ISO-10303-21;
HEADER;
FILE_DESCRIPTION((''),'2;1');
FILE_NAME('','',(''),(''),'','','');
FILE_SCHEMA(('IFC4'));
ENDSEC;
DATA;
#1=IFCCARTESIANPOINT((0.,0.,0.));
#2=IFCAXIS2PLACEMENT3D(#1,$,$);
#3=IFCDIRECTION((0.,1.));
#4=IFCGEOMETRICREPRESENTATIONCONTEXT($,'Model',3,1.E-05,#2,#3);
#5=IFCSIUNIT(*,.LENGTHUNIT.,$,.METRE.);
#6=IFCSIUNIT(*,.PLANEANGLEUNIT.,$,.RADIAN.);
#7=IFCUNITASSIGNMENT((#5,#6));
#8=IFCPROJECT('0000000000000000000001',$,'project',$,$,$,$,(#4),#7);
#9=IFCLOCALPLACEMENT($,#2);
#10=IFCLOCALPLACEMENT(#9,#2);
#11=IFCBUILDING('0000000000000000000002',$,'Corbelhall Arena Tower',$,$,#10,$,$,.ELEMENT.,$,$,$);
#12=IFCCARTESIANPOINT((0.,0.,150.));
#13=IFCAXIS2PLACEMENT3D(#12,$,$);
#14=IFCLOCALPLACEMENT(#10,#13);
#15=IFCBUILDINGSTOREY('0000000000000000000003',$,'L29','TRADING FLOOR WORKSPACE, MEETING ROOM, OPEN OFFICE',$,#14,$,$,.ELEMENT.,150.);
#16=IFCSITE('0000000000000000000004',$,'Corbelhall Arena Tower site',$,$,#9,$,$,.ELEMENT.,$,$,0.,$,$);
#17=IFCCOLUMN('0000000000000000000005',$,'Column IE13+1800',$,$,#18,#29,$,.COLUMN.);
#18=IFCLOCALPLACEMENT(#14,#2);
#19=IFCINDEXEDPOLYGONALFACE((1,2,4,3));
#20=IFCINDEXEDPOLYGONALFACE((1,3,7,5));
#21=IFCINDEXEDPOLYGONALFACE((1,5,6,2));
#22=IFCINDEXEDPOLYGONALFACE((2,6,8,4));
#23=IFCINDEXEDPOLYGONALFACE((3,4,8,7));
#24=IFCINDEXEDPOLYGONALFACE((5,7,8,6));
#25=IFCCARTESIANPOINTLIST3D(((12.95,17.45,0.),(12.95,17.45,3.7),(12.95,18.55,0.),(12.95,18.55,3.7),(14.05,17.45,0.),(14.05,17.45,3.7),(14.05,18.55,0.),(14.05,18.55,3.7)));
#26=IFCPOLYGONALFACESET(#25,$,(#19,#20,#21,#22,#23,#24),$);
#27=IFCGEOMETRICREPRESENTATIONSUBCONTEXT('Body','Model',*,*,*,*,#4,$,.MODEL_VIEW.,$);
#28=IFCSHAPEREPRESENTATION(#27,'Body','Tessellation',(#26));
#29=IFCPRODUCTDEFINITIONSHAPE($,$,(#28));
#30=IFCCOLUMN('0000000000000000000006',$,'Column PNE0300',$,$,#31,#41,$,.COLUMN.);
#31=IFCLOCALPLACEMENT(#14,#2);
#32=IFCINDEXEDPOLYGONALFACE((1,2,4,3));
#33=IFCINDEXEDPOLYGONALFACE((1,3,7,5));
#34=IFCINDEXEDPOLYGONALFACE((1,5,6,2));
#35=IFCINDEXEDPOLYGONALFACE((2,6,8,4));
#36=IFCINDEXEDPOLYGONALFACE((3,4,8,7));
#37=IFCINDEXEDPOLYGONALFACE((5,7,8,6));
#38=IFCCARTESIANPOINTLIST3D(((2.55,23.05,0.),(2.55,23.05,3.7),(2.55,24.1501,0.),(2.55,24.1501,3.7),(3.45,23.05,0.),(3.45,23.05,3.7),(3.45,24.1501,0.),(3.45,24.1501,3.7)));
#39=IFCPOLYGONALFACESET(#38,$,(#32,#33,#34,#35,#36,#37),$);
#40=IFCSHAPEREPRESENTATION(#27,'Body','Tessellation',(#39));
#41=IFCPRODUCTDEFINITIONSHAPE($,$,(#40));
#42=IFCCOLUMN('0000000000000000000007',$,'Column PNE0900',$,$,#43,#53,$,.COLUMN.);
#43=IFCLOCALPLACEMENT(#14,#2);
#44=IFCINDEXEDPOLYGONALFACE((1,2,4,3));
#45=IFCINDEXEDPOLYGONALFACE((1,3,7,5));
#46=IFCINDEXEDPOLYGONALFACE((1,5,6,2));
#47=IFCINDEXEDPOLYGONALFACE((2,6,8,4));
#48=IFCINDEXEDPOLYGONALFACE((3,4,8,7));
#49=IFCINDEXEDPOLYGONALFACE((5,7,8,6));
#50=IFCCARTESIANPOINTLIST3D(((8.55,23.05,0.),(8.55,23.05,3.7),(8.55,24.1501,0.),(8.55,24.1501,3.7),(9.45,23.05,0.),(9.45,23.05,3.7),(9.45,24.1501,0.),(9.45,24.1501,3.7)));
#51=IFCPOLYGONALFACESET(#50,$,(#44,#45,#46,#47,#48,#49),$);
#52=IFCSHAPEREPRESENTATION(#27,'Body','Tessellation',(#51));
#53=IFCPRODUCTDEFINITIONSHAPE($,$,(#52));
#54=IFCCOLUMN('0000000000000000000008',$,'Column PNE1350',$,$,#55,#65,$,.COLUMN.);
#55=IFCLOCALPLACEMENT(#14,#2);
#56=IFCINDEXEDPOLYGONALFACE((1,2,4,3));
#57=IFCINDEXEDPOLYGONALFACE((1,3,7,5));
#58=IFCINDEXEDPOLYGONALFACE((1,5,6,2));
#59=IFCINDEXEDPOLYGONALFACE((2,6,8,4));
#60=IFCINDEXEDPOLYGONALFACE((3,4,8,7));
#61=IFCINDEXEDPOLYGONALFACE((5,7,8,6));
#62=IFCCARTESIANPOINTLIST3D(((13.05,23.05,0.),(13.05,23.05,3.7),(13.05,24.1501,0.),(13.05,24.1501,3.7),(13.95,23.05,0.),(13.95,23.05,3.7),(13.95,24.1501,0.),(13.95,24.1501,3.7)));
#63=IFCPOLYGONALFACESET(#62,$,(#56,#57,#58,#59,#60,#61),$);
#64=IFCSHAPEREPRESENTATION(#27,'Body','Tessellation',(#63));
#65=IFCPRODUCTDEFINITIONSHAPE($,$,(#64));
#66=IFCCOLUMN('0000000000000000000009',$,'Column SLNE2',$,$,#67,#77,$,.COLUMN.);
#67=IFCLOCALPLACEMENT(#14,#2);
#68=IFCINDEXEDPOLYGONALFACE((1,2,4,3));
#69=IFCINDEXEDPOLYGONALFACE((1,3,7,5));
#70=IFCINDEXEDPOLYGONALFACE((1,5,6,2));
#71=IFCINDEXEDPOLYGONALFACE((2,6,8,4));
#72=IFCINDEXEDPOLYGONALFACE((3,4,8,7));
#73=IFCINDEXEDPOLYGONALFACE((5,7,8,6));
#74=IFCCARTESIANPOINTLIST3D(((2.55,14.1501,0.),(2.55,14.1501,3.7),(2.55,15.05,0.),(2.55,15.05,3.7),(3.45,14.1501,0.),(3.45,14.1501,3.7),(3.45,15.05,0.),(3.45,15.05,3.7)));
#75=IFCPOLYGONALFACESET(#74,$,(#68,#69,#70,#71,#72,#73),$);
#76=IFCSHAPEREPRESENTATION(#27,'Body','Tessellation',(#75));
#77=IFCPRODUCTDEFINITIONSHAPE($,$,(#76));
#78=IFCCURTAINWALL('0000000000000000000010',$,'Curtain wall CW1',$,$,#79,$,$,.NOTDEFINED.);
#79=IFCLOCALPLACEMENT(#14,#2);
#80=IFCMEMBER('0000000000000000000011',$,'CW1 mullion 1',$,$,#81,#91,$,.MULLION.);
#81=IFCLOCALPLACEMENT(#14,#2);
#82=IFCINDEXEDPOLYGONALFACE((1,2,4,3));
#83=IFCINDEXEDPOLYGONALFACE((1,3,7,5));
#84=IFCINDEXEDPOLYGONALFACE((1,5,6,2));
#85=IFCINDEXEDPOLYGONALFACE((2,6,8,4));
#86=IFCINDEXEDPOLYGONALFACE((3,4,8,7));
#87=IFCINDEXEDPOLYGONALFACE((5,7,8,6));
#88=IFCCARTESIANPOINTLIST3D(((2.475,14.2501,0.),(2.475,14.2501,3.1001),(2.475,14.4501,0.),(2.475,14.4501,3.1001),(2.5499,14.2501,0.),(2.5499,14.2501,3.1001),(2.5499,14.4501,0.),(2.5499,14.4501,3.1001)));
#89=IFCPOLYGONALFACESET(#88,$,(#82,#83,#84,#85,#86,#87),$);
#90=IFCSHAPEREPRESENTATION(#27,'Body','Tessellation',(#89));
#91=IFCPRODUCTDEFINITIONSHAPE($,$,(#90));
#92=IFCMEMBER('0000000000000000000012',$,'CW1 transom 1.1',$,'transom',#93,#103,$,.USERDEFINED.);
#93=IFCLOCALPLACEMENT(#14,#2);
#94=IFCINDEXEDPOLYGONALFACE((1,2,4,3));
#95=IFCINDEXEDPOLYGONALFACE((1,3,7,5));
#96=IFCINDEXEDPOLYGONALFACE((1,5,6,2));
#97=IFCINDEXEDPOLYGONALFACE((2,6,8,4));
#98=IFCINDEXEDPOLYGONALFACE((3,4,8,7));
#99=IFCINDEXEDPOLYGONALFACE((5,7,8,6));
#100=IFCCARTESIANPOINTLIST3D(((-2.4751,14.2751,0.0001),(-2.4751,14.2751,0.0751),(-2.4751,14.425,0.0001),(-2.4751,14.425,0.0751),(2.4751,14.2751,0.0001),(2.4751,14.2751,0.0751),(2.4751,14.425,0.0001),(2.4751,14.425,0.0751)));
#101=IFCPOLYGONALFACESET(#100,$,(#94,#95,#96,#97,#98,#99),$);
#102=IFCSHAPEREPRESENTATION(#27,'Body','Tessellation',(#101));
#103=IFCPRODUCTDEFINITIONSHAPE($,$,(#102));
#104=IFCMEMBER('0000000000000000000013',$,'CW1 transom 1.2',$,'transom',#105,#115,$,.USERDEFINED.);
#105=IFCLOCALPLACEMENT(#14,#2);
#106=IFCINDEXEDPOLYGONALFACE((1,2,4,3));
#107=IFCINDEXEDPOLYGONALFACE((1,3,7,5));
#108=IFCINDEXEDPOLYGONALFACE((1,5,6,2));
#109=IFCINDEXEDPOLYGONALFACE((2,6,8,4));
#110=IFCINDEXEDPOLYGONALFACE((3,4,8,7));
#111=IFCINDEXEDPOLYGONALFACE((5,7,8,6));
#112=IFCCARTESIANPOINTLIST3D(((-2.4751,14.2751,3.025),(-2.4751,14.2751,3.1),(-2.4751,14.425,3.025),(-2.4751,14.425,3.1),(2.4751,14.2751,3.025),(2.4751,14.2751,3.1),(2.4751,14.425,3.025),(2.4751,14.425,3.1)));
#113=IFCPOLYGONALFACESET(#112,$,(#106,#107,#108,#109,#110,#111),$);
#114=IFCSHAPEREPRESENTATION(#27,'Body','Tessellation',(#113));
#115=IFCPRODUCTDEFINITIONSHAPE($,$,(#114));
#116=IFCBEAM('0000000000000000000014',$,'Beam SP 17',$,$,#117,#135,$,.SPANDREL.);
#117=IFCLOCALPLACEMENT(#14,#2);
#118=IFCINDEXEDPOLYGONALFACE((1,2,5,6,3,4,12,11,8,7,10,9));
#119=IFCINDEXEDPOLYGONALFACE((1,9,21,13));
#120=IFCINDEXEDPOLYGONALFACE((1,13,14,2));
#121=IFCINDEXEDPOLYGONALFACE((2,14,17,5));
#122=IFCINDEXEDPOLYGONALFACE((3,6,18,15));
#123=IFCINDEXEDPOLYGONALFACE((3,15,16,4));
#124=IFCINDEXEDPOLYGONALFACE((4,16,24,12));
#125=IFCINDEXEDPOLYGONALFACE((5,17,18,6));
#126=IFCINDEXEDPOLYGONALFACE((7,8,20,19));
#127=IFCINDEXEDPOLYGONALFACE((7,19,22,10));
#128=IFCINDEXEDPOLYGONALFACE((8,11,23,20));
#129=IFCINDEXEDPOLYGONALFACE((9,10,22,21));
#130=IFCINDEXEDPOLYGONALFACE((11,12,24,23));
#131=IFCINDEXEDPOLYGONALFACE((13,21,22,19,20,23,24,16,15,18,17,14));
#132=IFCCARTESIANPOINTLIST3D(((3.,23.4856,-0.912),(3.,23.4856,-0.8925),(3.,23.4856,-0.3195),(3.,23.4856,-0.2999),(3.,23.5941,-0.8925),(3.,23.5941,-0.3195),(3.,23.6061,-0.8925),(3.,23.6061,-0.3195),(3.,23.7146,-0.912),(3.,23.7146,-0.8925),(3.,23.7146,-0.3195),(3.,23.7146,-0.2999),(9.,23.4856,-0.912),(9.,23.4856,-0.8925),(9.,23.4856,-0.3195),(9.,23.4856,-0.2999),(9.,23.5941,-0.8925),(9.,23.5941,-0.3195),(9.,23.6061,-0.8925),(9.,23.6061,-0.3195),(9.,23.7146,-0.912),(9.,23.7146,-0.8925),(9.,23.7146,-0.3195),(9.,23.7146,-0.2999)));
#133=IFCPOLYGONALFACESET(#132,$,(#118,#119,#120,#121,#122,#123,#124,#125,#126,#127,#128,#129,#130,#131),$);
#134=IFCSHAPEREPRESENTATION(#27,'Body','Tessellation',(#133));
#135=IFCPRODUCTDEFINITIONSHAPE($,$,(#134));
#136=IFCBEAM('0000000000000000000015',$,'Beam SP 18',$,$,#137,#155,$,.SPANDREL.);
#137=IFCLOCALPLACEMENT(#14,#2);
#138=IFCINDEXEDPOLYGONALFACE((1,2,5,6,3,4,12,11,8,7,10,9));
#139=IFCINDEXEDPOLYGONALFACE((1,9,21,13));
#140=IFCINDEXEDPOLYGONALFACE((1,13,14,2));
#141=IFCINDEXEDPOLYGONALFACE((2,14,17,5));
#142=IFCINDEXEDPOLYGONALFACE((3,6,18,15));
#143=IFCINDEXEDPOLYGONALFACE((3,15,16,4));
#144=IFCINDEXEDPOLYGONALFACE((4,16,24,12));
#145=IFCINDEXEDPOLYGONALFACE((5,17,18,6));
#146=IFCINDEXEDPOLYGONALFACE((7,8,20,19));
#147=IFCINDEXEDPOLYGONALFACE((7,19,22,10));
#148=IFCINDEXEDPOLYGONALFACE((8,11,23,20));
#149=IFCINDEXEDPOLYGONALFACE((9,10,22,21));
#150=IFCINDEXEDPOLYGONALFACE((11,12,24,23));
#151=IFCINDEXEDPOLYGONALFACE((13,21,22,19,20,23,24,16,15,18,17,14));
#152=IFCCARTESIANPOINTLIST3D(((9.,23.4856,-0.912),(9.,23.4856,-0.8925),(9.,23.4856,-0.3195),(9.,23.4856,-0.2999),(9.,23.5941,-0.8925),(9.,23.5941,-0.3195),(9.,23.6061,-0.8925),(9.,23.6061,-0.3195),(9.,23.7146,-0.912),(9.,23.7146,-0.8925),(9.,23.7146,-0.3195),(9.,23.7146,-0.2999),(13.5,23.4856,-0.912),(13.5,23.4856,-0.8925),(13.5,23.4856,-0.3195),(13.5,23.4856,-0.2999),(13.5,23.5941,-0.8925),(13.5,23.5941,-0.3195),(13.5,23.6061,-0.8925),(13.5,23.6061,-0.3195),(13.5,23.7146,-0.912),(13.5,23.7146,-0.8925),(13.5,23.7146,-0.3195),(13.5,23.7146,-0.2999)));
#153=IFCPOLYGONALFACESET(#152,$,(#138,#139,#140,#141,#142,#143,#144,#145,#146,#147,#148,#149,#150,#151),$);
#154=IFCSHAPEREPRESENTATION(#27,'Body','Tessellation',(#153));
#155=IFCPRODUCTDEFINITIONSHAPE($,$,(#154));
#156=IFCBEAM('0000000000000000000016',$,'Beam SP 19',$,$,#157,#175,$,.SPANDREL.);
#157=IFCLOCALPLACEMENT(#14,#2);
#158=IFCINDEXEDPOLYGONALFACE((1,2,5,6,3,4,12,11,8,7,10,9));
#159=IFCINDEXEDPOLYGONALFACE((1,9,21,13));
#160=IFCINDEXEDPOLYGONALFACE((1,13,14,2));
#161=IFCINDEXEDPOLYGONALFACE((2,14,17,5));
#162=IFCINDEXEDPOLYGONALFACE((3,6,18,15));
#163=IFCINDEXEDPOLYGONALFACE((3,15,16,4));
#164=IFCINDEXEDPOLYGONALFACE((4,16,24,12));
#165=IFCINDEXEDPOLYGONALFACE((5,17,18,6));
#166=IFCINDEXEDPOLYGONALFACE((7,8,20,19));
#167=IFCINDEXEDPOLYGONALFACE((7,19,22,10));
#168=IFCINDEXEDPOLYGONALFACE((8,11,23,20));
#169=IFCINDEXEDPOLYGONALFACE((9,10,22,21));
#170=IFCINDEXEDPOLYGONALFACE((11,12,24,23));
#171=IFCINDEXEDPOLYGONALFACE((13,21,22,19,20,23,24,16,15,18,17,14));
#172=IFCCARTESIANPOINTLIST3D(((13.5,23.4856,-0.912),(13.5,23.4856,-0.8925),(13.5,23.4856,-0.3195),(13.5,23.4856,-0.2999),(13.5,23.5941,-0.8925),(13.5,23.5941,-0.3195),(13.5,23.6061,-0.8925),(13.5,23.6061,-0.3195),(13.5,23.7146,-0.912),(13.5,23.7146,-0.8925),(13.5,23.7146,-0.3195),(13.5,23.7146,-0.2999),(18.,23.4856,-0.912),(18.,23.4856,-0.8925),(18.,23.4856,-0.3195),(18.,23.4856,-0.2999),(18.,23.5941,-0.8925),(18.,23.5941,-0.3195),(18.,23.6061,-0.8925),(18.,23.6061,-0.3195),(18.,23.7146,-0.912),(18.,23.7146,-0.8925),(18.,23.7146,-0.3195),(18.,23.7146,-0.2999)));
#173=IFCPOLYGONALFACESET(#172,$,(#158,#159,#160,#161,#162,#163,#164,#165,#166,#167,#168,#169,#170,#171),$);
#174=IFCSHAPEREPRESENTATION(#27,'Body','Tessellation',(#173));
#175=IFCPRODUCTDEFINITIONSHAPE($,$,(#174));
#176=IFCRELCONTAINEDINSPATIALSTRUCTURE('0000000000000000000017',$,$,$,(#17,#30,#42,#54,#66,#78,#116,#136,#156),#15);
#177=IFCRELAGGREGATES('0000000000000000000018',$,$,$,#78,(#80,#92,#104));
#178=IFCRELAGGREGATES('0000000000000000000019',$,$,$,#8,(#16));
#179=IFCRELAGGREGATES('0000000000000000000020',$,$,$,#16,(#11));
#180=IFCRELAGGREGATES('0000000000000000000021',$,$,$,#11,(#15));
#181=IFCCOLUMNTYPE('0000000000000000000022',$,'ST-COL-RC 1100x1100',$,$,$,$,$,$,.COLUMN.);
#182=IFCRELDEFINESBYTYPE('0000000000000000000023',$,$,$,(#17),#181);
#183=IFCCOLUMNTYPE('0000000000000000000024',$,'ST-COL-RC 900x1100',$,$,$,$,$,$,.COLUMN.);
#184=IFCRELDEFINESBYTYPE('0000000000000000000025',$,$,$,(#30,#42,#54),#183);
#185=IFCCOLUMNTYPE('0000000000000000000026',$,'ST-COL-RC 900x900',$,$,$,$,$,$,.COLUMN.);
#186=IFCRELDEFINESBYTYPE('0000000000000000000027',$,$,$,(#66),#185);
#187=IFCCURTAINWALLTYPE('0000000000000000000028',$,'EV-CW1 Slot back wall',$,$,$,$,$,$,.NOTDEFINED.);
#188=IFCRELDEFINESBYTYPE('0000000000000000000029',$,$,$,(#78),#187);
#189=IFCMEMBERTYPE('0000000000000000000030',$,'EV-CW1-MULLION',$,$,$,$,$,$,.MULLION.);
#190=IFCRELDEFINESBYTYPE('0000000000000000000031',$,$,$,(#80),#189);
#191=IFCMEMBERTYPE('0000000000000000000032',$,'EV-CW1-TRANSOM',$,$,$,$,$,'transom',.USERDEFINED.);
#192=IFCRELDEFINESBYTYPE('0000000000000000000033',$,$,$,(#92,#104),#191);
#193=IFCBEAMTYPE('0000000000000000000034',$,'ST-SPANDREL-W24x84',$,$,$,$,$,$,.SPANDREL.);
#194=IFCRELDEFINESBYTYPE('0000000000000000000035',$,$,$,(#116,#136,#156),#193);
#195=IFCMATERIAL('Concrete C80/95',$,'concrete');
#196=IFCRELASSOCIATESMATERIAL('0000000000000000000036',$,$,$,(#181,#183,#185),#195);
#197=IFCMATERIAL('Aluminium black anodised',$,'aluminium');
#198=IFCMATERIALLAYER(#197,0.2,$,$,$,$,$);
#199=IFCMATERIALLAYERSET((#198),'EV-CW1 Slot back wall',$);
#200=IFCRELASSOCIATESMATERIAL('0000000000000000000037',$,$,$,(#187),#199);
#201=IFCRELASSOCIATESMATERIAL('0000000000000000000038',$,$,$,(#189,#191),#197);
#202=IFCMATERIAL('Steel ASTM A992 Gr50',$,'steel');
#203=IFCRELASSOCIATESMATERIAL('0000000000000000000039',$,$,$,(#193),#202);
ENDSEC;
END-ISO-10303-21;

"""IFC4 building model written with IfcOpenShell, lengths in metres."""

from ifc_helpers import new_model, si_unit, direction, frame, origin, origin_2d, place, context, subcontext, project, spatial, rectangle, i_section, extrude, material, layer, layer_set, material_profile, profile_set, type_object, element, aggregate, save


model = new_model("IFC4")

# Units and contexts
model_context = context("Model", 3, precision=1e-05, world=origin(), true_north=direction((0.0, 1.0)))
body_context = subcontext(model_context, "Body", "Model", "MODEL_VIEW")
ifc_project = project(units=[si_unit("LENGTHUNIT", "METRE"), si_unit("PLANEANGLEUNIT", "RADIAN")], contexts=[model_context])

# Site, building, storey
site_placement = place(None, origin())
site = spatial("IfcSite", under=ifc_project, at=site_placement, Name="Corbelhall Arena Tower site", CompositionType="ELEMENT", RefElevation=0.0)
building_placement = place(site_placement, origin())
building = spatial("IfcBuilding", under=site, at=building_placement, Name="Corbelhall Arena Tower", CompositionType="ELEMENT")
storey_placement = place(building_placement, frame((0.0, 0.0, 150.0)))
storey = spatial("IfcBuildingStorey", under=building, at=storey_placement, Name="L29", Description="TRADING FLOOR WORKSPACE, MEETING ROOM, OPEN OFFICE", CompositionType="ELEMENT", Elevation=150.0)

# Columns
ifc_material_1 = material(Name="Concrete C80/95", Category="concrete")
ifc_material_profile_1 = material_profile(ifc_material_1, rectangle(XDim=1.1001, YDim=1.1001, at=origin_2d()))
ifc_profile_set_1 = profile_set([ifc_material_profile_1], Name="Concrete C80/95")
column_type_1 = type_object("IfcColumnType", Name="ST-COL-RC 1100x1100", PredefinedType="COLUMN", material=ifc_profile_set_1)
column_1_placement = place(storey_placement, frame((13.5, 18.0, 0.0), z_axis=(0.0, 0.0, 1.0), x_axis=(1.0, 0.0, 0.0)))
element("IfcColumn", 1, at=column_1_placement, inside=storey, type_object=column_type_1, Name="Column IE13+1800", PredefinedType="COLUMN", context=body_context, shape_type="SweptSolid", body=[
    extrude(rectangle(XDim=1.1001, YDim=1.1001, at=origin_2d()), origin(), (0.0, 0.0, 1.0), 3.7),
])
ifc_material_profile_2 = material_profile(ifc_material_1, rectangle(XDim=0.8999, YDim=1.1001, at=origin_2d()))
ifc_profile_set_2 = profile_set([ifc_material_profile_2], Name="Concrete C80/95")
column_type_2 = type_object("IfcColumnType", Name="ST-COL-RC 900x1100", PredefinedType="COLUMN", material=ifc_profile_set_2)
for number, where, z_axis, x_axis, name in (
    (2, (3.0, 23.6001, 0.0), (0.0, 0.0, 1.0), (1.0, 0.0, 0.0), "Column PNE0300"),
    (3, (9.0, 23.6001, 0.0), (0.0, 0.0, 1.0), (1.0, 0.0, 0.0), "Column PNE0900"),
    (4, (13.5, 23.6001, 0.0), (0.0, 0.0, 1.0), (1.0, 0.0, 0.0), "Column PNE1350"),
):
    element("IfcColumn", number, at=place(storey_placement, frame(where, z_axis=z_axis, x_axis=x_axis)), inside=storey, type_object=column_type_2, Name=name, PredefinedType="COLUMN", context=body_context, shape_type="SweptSolid", body=[
        extrude(rectangle(XDim=0.8999, YDim=1.1001, at=origin_2d()), origin(), (0.0, 0.0, 1.0), 3.7),
    ])
ifc_material_profile_3 = material_profile(ifc_material_1, rectangle(XDim=0.8999, YDim=0.8999, at=origin_2d()))
ifc_profile_set_3 = profile_set([ifc_material_profile_3], Name="Concrete C80/95")
column_type_3 = type_object("IfcColumnType", Name="ST-COL-RC 900x900", PredefinedType="COLUMN", material=ifc_profile_set_3)
column_2_placement = place(storey_placement, frame((3.0, 14.6001, 0.0), z_axis=(0.0, 0.0, 1.0), x_axis=(1.0, 0.0, 0.0)))
element("IfcColumn", 5, at=column_2_placement, inside=storey, type_object=column_type_3, Name="Column SLNE2", PredefinedType="COLUMN", context=body_context, shape_type="SweptSolid", body=[
    extrude(rectangle(XDim=0.8999, YDim=0.8999, at=origin_2d()), origin(), (0.0, 0.0, 1.0), 3.7),
])

# Curtain wall, members
ifc_material_2 = material(Name="Aluminium black anodised", Category="aluminium")
ifc_layer_1 = layer(ifc_material_2, 0.2)
ifc_layer_set_1 = layer_set([ifc_layer_1], Name="EV-CW1 Slot back wall")
curtain_wall_type = type_object("IfcCurtainWallType", Name="EV-CW1 Slot back wall", PredefinedType="NOTDEFINED", material=ifc_layer_set_1)
curtain_wall_placement = place(storey_placement, origin())
curtain_wall = element("IfcCurtainWall", 6, at=curtain_wall_placement, inside=storey, type_object=curtain_wall_type, Name="Curtain wall CW1", PredefinedType="NOTDEFINED")
ifc_material_profile_4 = material_profile(ifc_material_2, rectangle(XDim=0.2, YDim=0.075, at=origin_2d()))
ifc_profile_set_4 = profile_set([ifc_material_profile_4], Name="Aluminium black anodised")
member_type_1 = type_object("IfcMemberType", Name="EV-CW1-MULLION", PredefinedType="MULLION", material=ifc_profile_set_4)
member_1_placement = place(storey_placement, frame((2.5125, 14.3501, 0.0), z_axis=(0.0, 0.0, 1.0), x_axis=(0.0, -1.0, 0.0)))
member_1 = element("IfcMember", 7, at=member_1_placement, type_object=member_type_1, Name="CW1 mullion 1", PredefinedType="MULLION", context=body_context, shape_type="SweptSolid", body=[
    extrude(rectangle(XDim=0.2, YDim=0.075, at=origin_2d()), origin(), (0.0, 0.0, 1.0), 3.1001),
])
ifc_material_profile_5 = material_profile(ifc_material_2, rectangle(XDim=0.1499, YDim=0.075, at=origin_2d()))
ifc_profile_set_5 = profile_set([ifc_material_profile_5], Name="Aluminium black anodised")
member_type_2 = type_object("IfcMemberType", Name="EV-CW1-TRANSOM", ElementType="transom", PredefinedType="USERDEFINED", material=ifc_profile_set_5)
member_2_placement = place(storey_placement, frame((2.4751, 14.3501, 0.0376), z_axis=(-1.0, 0.0, 0.0), x_axis=(0.0, -1.0, 0.0)))
member_2 = element("IfcMember", 8, at=member_2_placement, type_object=member_type_2, Name="CW1 transom 1.1", ObjectType="transom", PredefinedType="USERDEFINED", context=body_context, shape_type="SweptSolid", body=[
    extrude(rectangle(XDim=0.1499, YDim=0.075, at=origin_2d()), origin(), (0.0, 0.0, 1.0), 4.9502),
])
member_3_placement = place(storey_placement, frame((2.4751, 14.3501, 3.0625), z_axis=(-1.0, 0.0, 0.0), x_axis=(0.0, -1.0, 0.0)))
member_3 = element("IfcMember", 9, at=member_3_placement, type_object=member_type_2, Name="CW1 transom 1.2", ObjectType="transom", PredefinedType="USERDEFINED", context=body_context, shape_type="SweptSolid", body=[
    extrude(rectangle(XDim=0.1499, YDim=0.075, at=origin_2d()), origin(), (0.0, 0.0, 1.0), 4.9502),
])

# Beams
ifc_material_3 = material(Name="Steel ASTM A992 Gr50", Category="steel")
ifc_material_profile_6 = material_profile(ifc_material_3, i_section(OverallWidth=0.229, OverallDepth=0.6121, WebThickness=0.012, FlangeThickness=0.0195, at=origin_2d()))
ifc_profile_set_6 = profile_set([ifc_material_profile_6], Name="Steel ASTM A992 Gr50")
beam_type_1 = type_object("IfcBeamType", Name="ST-SPANDREL-W24x84", PredefinedType="SPANDREL", material=ifc_profile_set_6)
beam_1_placement = place(storey_placement, frame((3.0, 23.6001, -0.606), z_axis=(1.0, 0.0, 0.0), x_axis=(0.0, 1.0, 0.0)))
element("IfcBeam", 10, at=beam_1_placement, inside=storey, type_object=beam_type_1, Name="Beam SP 17", PredefinedType="SPANDREL", context=body_context, shape_type="SweptSolid", body=[
    extrude(i_section(OverallWidth=0.229, OverallDepth=0.6121, WebThickness=0.012, FlangeThickness=0.0195, at=origin_2d()), origin(), (0.0, 0.0, 1.0), 6.0),
])
for number, where, z_axis, x_axis, name in (
    (11, (9.0, 23.6001, -0.606), (1.0, 0.0, 0.0), (0.0, 1.0, 0.0), "Beam SP 18"),
    (12, (13.5, 23.6001, -0.606), (1.0, 0.0, 0.0), (0.0, 1.0, 0.0), "Beam SP 19"),
):
    element("IfcBeam", number, at=place(storey_placement, frame(where, z_axis=z_axis, x_axis=x_axis)), inside=storey, type_object=beam_type_1, Name=name, PredefinedType="SPANDREL", context=body_context, shape_type="SweptSolid", body=[
        extrude(i_section(OverallWidth=0.229, OverallDepth=0.6121, WebThickness=0.012, FlangeThickness=0.0195, at=origin_2d()), origin(), (0.0, 0.0, 1.0), 4.5),
    ])

aggregate(curtain_wall, [member_1, member_2, member_3])

save(model, "model.ifc")
